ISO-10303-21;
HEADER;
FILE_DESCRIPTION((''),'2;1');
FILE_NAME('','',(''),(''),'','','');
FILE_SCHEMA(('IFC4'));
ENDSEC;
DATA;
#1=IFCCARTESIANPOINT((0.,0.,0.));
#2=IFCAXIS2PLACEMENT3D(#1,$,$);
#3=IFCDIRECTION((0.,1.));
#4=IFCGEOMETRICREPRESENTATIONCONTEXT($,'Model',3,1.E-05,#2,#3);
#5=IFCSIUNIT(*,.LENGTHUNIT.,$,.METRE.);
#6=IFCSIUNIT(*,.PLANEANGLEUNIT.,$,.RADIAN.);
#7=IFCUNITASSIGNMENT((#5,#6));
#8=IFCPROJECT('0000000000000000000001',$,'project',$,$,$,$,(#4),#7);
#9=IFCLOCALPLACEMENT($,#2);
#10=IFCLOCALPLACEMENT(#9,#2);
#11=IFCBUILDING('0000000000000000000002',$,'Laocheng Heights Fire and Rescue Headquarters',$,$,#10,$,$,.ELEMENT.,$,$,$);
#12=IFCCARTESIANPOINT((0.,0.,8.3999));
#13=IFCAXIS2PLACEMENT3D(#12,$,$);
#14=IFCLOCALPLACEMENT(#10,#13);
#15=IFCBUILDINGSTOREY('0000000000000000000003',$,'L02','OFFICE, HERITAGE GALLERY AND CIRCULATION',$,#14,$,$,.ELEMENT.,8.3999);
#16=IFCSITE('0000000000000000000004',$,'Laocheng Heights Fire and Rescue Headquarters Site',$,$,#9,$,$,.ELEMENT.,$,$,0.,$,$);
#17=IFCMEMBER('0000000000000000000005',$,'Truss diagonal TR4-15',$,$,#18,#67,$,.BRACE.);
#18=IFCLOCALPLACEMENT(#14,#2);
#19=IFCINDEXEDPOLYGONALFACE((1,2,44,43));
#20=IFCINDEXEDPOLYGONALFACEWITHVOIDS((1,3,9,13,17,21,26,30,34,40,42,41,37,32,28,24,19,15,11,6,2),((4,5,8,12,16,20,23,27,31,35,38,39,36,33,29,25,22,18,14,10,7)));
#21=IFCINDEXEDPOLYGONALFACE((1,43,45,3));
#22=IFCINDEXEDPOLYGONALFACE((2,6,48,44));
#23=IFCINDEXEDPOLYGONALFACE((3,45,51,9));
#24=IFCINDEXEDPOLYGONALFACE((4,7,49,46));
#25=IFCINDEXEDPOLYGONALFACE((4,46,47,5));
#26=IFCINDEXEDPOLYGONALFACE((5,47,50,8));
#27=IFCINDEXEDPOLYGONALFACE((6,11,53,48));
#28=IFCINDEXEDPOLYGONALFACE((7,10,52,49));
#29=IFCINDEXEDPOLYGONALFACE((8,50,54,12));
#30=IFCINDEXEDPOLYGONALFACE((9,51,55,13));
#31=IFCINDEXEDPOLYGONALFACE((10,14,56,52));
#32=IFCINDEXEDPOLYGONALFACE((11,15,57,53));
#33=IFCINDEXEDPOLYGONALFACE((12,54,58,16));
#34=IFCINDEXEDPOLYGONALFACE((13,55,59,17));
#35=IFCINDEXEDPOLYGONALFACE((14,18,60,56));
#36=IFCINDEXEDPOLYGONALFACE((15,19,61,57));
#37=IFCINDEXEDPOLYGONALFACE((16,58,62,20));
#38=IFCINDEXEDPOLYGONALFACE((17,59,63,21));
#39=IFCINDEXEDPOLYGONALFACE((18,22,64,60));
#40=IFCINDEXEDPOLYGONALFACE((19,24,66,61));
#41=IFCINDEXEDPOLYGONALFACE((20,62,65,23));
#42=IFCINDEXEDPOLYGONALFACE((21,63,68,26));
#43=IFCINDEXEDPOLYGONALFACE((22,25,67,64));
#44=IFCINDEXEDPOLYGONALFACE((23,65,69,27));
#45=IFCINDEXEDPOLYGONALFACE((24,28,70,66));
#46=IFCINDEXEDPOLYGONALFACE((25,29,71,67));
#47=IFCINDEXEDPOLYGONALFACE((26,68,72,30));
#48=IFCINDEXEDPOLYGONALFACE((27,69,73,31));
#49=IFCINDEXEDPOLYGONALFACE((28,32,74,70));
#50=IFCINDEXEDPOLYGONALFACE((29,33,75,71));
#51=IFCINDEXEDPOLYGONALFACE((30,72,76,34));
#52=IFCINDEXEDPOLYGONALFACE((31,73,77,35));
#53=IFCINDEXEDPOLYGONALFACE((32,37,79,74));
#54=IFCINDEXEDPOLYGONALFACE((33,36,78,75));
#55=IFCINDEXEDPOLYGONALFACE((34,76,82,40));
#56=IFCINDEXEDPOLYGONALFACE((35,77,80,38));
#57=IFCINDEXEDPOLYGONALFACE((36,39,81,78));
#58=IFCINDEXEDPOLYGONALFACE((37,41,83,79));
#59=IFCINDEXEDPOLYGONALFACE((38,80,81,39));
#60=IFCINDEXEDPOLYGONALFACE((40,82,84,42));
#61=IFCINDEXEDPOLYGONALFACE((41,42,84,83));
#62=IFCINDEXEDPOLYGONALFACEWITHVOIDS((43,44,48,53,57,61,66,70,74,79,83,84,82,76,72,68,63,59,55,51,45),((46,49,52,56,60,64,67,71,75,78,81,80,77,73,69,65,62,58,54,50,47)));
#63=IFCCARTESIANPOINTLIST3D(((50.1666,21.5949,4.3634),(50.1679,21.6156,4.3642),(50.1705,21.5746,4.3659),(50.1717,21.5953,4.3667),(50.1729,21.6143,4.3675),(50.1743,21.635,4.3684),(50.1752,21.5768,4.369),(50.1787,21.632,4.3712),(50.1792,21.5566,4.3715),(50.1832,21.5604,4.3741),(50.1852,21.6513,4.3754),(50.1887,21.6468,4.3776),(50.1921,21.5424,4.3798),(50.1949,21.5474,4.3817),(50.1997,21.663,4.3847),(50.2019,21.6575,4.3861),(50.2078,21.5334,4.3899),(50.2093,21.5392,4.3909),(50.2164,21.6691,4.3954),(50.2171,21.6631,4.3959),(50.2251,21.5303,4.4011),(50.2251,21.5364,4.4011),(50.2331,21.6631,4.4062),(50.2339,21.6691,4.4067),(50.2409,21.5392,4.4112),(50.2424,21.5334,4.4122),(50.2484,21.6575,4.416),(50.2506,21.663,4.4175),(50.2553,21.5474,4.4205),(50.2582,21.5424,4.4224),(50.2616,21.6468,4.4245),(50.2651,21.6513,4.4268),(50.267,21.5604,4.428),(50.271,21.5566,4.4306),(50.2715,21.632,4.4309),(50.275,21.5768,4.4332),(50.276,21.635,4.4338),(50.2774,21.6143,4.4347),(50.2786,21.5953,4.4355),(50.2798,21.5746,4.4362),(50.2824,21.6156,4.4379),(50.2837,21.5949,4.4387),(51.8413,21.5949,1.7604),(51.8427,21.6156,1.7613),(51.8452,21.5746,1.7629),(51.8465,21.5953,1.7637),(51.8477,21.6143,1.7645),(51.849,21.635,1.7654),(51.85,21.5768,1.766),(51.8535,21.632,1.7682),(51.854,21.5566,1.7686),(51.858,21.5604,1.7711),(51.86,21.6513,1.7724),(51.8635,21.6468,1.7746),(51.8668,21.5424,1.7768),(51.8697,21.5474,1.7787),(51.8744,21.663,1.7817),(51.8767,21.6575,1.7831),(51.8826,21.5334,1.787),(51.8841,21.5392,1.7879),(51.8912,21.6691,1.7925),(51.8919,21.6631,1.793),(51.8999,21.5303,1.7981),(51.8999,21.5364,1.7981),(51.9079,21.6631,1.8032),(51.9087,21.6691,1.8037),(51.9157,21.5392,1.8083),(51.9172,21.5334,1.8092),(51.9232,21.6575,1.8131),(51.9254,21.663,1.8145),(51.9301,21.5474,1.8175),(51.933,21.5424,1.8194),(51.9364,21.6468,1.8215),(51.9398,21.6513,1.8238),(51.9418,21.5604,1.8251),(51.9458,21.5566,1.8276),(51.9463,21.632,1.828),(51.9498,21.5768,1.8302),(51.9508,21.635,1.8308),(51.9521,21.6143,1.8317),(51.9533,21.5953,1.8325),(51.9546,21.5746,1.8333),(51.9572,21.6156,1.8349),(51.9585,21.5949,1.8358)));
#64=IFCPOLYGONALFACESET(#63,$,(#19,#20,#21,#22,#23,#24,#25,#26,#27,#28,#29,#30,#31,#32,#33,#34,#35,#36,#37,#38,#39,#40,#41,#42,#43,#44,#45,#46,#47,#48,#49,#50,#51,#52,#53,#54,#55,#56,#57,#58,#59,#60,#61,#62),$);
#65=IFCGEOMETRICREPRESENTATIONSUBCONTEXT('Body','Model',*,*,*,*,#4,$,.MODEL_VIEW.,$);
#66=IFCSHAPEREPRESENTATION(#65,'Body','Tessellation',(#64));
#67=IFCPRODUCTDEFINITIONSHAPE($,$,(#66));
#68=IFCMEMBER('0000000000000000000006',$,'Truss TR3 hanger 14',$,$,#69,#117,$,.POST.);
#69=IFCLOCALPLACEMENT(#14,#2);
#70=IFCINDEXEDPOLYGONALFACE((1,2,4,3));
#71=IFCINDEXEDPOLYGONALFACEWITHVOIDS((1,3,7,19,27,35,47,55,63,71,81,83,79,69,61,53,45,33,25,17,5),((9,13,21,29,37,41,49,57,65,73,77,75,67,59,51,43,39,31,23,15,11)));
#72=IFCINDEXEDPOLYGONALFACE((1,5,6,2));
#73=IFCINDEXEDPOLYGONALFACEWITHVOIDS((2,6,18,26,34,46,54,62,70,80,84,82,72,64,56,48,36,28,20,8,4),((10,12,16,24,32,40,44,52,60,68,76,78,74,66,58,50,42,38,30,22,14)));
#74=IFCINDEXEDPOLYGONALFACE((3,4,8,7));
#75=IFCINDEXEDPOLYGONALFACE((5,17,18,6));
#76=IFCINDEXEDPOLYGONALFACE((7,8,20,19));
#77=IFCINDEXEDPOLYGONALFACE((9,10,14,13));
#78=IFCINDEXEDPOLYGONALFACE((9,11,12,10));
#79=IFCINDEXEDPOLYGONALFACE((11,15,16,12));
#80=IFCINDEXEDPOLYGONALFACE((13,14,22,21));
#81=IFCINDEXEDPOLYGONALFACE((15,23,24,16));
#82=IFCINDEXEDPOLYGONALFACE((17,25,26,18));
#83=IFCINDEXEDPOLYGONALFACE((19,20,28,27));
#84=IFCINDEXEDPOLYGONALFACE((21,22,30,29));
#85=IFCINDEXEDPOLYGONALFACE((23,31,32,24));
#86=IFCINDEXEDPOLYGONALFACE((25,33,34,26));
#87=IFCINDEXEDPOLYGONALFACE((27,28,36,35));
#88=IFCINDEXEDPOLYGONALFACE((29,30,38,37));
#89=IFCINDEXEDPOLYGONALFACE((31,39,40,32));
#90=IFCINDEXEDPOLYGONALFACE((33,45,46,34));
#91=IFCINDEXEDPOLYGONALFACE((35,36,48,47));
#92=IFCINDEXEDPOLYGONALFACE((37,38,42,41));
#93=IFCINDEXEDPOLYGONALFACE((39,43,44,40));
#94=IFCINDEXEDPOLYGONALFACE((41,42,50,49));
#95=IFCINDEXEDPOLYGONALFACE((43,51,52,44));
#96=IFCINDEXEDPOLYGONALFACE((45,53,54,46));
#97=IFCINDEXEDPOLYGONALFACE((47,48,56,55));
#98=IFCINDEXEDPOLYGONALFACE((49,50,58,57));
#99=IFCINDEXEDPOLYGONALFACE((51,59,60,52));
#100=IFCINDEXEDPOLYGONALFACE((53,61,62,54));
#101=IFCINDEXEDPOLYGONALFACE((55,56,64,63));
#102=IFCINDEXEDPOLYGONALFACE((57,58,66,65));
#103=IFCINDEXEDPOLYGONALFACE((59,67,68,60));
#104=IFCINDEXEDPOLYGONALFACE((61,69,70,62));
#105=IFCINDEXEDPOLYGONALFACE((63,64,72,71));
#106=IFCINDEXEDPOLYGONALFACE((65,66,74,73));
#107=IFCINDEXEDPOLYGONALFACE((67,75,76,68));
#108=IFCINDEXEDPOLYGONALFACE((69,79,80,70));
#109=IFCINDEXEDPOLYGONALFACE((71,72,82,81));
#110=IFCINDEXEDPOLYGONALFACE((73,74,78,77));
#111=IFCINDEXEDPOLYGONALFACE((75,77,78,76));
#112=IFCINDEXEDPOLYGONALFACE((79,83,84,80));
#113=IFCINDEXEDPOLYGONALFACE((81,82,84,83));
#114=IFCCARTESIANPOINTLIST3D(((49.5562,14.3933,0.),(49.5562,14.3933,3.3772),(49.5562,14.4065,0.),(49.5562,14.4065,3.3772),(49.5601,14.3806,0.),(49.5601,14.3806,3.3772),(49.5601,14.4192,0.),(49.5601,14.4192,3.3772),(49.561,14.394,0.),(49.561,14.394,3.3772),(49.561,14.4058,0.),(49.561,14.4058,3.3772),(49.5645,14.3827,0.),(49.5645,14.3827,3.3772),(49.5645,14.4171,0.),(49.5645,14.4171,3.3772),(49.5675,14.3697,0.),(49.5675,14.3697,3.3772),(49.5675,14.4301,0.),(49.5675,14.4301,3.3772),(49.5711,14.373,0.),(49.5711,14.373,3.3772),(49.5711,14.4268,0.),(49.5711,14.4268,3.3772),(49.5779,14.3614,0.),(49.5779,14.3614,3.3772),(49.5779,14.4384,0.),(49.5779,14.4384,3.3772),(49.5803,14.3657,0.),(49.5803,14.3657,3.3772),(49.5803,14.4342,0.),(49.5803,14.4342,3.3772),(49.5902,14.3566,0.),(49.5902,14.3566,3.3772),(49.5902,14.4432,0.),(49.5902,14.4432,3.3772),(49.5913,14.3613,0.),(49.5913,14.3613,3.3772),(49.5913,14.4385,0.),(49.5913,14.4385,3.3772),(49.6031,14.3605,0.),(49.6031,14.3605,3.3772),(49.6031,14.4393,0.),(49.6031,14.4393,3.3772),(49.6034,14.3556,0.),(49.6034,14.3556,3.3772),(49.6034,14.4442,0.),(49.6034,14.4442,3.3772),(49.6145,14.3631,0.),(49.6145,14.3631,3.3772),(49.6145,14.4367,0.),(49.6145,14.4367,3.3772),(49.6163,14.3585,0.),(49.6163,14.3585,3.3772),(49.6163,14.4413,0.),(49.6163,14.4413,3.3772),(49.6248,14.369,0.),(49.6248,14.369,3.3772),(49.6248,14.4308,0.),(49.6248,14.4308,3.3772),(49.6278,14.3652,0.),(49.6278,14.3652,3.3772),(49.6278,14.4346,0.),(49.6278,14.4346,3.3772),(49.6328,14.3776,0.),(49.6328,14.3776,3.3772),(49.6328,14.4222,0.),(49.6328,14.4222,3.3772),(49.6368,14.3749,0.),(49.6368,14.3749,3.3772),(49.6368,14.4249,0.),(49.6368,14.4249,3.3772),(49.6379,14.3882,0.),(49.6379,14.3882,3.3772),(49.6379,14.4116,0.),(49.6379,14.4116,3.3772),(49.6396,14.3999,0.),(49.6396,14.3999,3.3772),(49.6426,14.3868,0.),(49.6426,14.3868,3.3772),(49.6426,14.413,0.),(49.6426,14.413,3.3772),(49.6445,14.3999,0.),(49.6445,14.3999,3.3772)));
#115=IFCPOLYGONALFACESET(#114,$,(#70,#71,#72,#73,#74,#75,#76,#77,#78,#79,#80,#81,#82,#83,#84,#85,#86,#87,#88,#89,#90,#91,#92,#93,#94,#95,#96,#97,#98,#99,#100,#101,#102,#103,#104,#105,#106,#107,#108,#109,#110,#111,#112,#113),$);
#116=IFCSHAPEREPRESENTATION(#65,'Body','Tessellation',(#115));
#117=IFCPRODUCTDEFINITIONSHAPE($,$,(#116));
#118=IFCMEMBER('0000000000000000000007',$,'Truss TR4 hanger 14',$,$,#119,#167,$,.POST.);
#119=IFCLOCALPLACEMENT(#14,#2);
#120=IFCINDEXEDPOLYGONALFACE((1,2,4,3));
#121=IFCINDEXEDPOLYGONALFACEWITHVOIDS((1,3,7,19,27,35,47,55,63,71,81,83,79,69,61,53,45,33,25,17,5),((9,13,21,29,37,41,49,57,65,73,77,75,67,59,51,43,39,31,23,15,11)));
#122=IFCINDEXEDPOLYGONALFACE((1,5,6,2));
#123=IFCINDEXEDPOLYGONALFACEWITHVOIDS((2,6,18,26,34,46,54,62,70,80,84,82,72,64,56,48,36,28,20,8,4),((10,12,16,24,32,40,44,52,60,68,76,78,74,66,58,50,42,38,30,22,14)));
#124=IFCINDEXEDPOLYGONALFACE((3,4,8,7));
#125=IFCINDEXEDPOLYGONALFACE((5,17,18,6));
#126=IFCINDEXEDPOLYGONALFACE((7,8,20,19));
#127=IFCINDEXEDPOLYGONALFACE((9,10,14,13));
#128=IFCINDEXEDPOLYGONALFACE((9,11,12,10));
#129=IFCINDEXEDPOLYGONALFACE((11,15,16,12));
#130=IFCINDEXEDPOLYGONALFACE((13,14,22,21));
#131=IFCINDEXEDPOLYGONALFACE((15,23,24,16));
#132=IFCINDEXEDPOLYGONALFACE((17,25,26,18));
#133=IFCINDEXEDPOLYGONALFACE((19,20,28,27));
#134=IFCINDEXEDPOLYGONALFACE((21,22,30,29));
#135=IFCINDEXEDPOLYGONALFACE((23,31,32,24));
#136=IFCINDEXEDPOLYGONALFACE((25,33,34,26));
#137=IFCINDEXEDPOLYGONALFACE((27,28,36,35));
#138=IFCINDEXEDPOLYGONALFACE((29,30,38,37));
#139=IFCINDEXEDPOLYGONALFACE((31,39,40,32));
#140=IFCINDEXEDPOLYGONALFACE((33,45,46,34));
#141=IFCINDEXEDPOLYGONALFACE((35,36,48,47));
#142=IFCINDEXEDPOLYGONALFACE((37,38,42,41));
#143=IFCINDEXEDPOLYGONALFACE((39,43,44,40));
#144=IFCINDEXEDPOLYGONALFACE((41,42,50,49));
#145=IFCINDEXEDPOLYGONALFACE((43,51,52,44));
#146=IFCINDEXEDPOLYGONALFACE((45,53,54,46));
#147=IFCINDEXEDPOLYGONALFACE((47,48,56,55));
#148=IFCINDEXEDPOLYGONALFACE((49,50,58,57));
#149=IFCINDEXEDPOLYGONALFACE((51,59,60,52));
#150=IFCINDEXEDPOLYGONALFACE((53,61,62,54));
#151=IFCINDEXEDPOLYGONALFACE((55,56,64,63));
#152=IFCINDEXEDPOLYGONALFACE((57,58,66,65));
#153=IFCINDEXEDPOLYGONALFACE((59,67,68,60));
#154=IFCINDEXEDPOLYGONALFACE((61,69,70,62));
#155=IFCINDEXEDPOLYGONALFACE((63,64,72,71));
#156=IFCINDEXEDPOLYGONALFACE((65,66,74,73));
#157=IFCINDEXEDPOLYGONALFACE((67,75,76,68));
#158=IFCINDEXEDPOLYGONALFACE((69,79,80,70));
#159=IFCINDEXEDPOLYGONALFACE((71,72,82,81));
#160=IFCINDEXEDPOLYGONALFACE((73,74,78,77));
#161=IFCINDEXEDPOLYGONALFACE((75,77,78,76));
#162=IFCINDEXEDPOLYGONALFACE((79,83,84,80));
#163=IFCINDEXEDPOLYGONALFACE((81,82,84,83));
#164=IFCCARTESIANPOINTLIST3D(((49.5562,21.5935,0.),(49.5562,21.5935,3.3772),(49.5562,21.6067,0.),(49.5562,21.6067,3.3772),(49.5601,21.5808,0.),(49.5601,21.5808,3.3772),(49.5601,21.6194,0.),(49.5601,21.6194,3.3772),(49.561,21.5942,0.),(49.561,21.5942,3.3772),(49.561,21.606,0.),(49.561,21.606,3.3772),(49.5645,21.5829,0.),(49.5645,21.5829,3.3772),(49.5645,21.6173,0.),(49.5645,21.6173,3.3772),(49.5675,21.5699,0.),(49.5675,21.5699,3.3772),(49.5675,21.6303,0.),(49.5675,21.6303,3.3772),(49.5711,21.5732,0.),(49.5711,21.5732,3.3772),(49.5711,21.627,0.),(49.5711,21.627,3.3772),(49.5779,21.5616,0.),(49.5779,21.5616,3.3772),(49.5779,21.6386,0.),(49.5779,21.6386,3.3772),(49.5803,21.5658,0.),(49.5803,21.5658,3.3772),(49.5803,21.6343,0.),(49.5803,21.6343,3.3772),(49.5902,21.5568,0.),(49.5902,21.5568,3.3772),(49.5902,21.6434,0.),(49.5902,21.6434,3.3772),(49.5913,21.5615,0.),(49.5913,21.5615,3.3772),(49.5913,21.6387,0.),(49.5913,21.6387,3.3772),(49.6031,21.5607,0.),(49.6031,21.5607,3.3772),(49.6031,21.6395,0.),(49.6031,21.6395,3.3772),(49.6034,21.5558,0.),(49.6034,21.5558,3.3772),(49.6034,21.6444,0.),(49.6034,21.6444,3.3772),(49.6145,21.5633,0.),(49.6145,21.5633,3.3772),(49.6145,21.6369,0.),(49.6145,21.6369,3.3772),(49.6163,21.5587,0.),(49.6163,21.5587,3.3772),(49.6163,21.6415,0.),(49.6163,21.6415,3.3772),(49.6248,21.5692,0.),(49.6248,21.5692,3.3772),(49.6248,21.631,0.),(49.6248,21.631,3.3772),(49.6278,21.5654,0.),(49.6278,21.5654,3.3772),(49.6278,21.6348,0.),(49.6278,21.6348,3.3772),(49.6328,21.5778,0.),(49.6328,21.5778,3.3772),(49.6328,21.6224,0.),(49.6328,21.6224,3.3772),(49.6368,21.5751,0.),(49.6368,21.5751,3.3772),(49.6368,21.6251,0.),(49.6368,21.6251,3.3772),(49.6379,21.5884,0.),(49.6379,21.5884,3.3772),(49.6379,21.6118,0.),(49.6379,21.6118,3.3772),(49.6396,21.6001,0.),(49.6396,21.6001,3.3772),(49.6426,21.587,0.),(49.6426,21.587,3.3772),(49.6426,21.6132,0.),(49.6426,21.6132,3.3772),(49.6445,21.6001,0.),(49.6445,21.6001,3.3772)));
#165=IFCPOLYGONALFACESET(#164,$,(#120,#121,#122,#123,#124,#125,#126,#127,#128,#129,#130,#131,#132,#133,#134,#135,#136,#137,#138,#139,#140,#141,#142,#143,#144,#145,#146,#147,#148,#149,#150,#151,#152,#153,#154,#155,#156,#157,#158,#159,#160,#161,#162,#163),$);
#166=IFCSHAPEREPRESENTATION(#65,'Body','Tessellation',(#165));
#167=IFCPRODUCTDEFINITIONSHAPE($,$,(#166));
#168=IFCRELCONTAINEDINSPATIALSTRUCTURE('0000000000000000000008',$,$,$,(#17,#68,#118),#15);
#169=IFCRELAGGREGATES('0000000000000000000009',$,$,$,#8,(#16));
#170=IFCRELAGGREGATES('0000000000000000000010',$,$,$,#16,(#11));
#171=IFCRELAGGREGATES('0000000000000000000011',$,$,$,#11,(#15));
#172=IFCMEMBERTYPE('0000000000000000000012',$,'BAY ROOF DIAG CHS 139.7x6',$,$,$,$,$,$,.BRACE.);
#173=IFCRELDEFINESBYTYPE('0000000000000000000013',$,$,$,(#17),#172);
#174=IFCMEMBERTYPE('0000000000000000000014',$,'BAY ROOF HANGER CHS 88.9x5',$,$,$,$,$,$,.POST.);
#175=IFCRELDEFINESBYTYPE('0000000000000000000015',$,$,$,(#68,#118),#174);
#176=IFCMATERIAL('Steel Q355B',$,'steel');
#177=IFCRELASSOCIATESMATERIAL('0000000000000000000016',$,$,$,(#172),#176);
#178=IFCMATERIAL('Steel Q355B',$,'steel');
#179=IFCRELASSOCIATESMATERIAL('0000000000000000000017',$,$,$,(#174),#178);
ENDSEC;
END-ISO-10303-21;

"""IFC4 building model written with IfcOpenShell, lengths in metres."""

from ifc_helpers import new_model, si_unit, direction, frame, origin, origin_2d, place, context, subcontext, project, spatial, hollow_circle, extrude, material, material_profile, profile_set, type_object, element, save


model = new_model("IFC4")

# Units and contexts
model_context = context("Model", 3, precision=1e-05, world=origin(), true_north=direction((0.0, 1.0)))
body_context = subcontext(model_context, "Body", "Model", "MODEL_VIEW")
ifc_project = project(units=[si_unit("LENGTHUNIT", "METRE"), si_unit("PLANEANGLEUNIT", "RADIAN")], contexts=[model_context])

# Site, building, storey
site_placement = place(None, origin())
site = spatial("IfcSite", under=ifc_project, at=site_placement, Name="Laocheng Heights Fire and Rescue Headquarters Site", CompositionType="ELEMENT", RefElevation=0.0)
building_placement = place(site_placement, origin())
building = spatial("IfcBuilding", under=site, at=building_placement, Name="Laocheng Heights Fire and Rescue Headquarters", CompositionType="ELEMENT")
storey_placement = place(building_placement, frame((0.0, 0.0, 8.3999)))
storey = spatial("IfcBuildingStorey", under=building, at=storey_placement, Name="L02", Description="OFFICE, HERITAGE GALLERY AND CIRCULATION", CompositionType="ELEMENT", Elevation=8.3999)

# Members
ifc_material_1 = material(Name="Steel Q355B", Category="steel")
ifc_material_profile_1 = material_profile(ifc_material_1, hollow_circle(Radius=0.0698, WallThickness=0.0061, at=origin_2d()), Name="CHS 139.7x6")
ifc_profile_set_1 = profile_set([ifc_material_profile_1], Name="Steel Q355B")
member_type_1 = type_object("IfcMemberType", Name="BAY ROOF DIAG CHS 139.7x6", PredefinedType="BRACE", material=ifc_profile_set_1)
member_1_placement = place(storey_placement, frame((51.8999, 21.6001, 1.7981), z_axis=(-0.541084, 0.0, 0.840968), x_axis=(0.0, -1.0, 0.0)))
element("IfcMember", 1, at=member_1_placement, inside=storey, type_object=member_type_1, Name="Truss diagonal TR4-15", PredefinedType="BRACE", context=body_context, shape_type="SweptSolid", body=[
    extrude(hollow_circle(Radius=0.0698, WallThickness=0.0061, at=origin_2d()), origin(), (0.0, 0.0, 1.0), 3.0952),
])
ifc_material_2 = material(Name="Steel Q355B", Category="steel")
ifc_material_profile_2 = material_profile(ifc_material_2, hollow_circle(Radius=0.0444, WallThickness=0.0049, at=origin_2d()), Name="CHS 88.9x5")
ifc_profile_set_2 = profile_set([ifc_material_profile_2], Name="Steel Q355B")
member_type_2 = type_object("IfcMemberType", Name="BAY ROOF HANGER CHS 88.9x5", PredefinedType="POST", material=ifc_profile_set_2)
for number, where, z_axis, x_axis, name in (
    (2, (49.6001, 14.3999, 0.0), (0.0, 0.0, 1.0), (1.0, 0.0, 0.0), "Truss TR3 hanger 14"),
    (3, (49.6001, 21.6001, 0.0), (0.0, 0.0, 1.0), (1.0, 0.0, 0.0), "Truss TR4 hanger 14"),
):
    element("IfcMember", number, at=place(storey_placement, frame(where, z_axis=z_axis, x_axis=x_axis)), inside=storey, type_object=member_type_2, Name=name, PredefinedType="POST", context=body_context, shape_type="SweptSolid", body=[
        extrude(hollow_circle(Radius=0.0444, WallThickness=0.0049, at=origin_2d()), origin(), (0.0, 0.0, 1.0), 3.3772),
    ])

save(model, "model.ifc")
